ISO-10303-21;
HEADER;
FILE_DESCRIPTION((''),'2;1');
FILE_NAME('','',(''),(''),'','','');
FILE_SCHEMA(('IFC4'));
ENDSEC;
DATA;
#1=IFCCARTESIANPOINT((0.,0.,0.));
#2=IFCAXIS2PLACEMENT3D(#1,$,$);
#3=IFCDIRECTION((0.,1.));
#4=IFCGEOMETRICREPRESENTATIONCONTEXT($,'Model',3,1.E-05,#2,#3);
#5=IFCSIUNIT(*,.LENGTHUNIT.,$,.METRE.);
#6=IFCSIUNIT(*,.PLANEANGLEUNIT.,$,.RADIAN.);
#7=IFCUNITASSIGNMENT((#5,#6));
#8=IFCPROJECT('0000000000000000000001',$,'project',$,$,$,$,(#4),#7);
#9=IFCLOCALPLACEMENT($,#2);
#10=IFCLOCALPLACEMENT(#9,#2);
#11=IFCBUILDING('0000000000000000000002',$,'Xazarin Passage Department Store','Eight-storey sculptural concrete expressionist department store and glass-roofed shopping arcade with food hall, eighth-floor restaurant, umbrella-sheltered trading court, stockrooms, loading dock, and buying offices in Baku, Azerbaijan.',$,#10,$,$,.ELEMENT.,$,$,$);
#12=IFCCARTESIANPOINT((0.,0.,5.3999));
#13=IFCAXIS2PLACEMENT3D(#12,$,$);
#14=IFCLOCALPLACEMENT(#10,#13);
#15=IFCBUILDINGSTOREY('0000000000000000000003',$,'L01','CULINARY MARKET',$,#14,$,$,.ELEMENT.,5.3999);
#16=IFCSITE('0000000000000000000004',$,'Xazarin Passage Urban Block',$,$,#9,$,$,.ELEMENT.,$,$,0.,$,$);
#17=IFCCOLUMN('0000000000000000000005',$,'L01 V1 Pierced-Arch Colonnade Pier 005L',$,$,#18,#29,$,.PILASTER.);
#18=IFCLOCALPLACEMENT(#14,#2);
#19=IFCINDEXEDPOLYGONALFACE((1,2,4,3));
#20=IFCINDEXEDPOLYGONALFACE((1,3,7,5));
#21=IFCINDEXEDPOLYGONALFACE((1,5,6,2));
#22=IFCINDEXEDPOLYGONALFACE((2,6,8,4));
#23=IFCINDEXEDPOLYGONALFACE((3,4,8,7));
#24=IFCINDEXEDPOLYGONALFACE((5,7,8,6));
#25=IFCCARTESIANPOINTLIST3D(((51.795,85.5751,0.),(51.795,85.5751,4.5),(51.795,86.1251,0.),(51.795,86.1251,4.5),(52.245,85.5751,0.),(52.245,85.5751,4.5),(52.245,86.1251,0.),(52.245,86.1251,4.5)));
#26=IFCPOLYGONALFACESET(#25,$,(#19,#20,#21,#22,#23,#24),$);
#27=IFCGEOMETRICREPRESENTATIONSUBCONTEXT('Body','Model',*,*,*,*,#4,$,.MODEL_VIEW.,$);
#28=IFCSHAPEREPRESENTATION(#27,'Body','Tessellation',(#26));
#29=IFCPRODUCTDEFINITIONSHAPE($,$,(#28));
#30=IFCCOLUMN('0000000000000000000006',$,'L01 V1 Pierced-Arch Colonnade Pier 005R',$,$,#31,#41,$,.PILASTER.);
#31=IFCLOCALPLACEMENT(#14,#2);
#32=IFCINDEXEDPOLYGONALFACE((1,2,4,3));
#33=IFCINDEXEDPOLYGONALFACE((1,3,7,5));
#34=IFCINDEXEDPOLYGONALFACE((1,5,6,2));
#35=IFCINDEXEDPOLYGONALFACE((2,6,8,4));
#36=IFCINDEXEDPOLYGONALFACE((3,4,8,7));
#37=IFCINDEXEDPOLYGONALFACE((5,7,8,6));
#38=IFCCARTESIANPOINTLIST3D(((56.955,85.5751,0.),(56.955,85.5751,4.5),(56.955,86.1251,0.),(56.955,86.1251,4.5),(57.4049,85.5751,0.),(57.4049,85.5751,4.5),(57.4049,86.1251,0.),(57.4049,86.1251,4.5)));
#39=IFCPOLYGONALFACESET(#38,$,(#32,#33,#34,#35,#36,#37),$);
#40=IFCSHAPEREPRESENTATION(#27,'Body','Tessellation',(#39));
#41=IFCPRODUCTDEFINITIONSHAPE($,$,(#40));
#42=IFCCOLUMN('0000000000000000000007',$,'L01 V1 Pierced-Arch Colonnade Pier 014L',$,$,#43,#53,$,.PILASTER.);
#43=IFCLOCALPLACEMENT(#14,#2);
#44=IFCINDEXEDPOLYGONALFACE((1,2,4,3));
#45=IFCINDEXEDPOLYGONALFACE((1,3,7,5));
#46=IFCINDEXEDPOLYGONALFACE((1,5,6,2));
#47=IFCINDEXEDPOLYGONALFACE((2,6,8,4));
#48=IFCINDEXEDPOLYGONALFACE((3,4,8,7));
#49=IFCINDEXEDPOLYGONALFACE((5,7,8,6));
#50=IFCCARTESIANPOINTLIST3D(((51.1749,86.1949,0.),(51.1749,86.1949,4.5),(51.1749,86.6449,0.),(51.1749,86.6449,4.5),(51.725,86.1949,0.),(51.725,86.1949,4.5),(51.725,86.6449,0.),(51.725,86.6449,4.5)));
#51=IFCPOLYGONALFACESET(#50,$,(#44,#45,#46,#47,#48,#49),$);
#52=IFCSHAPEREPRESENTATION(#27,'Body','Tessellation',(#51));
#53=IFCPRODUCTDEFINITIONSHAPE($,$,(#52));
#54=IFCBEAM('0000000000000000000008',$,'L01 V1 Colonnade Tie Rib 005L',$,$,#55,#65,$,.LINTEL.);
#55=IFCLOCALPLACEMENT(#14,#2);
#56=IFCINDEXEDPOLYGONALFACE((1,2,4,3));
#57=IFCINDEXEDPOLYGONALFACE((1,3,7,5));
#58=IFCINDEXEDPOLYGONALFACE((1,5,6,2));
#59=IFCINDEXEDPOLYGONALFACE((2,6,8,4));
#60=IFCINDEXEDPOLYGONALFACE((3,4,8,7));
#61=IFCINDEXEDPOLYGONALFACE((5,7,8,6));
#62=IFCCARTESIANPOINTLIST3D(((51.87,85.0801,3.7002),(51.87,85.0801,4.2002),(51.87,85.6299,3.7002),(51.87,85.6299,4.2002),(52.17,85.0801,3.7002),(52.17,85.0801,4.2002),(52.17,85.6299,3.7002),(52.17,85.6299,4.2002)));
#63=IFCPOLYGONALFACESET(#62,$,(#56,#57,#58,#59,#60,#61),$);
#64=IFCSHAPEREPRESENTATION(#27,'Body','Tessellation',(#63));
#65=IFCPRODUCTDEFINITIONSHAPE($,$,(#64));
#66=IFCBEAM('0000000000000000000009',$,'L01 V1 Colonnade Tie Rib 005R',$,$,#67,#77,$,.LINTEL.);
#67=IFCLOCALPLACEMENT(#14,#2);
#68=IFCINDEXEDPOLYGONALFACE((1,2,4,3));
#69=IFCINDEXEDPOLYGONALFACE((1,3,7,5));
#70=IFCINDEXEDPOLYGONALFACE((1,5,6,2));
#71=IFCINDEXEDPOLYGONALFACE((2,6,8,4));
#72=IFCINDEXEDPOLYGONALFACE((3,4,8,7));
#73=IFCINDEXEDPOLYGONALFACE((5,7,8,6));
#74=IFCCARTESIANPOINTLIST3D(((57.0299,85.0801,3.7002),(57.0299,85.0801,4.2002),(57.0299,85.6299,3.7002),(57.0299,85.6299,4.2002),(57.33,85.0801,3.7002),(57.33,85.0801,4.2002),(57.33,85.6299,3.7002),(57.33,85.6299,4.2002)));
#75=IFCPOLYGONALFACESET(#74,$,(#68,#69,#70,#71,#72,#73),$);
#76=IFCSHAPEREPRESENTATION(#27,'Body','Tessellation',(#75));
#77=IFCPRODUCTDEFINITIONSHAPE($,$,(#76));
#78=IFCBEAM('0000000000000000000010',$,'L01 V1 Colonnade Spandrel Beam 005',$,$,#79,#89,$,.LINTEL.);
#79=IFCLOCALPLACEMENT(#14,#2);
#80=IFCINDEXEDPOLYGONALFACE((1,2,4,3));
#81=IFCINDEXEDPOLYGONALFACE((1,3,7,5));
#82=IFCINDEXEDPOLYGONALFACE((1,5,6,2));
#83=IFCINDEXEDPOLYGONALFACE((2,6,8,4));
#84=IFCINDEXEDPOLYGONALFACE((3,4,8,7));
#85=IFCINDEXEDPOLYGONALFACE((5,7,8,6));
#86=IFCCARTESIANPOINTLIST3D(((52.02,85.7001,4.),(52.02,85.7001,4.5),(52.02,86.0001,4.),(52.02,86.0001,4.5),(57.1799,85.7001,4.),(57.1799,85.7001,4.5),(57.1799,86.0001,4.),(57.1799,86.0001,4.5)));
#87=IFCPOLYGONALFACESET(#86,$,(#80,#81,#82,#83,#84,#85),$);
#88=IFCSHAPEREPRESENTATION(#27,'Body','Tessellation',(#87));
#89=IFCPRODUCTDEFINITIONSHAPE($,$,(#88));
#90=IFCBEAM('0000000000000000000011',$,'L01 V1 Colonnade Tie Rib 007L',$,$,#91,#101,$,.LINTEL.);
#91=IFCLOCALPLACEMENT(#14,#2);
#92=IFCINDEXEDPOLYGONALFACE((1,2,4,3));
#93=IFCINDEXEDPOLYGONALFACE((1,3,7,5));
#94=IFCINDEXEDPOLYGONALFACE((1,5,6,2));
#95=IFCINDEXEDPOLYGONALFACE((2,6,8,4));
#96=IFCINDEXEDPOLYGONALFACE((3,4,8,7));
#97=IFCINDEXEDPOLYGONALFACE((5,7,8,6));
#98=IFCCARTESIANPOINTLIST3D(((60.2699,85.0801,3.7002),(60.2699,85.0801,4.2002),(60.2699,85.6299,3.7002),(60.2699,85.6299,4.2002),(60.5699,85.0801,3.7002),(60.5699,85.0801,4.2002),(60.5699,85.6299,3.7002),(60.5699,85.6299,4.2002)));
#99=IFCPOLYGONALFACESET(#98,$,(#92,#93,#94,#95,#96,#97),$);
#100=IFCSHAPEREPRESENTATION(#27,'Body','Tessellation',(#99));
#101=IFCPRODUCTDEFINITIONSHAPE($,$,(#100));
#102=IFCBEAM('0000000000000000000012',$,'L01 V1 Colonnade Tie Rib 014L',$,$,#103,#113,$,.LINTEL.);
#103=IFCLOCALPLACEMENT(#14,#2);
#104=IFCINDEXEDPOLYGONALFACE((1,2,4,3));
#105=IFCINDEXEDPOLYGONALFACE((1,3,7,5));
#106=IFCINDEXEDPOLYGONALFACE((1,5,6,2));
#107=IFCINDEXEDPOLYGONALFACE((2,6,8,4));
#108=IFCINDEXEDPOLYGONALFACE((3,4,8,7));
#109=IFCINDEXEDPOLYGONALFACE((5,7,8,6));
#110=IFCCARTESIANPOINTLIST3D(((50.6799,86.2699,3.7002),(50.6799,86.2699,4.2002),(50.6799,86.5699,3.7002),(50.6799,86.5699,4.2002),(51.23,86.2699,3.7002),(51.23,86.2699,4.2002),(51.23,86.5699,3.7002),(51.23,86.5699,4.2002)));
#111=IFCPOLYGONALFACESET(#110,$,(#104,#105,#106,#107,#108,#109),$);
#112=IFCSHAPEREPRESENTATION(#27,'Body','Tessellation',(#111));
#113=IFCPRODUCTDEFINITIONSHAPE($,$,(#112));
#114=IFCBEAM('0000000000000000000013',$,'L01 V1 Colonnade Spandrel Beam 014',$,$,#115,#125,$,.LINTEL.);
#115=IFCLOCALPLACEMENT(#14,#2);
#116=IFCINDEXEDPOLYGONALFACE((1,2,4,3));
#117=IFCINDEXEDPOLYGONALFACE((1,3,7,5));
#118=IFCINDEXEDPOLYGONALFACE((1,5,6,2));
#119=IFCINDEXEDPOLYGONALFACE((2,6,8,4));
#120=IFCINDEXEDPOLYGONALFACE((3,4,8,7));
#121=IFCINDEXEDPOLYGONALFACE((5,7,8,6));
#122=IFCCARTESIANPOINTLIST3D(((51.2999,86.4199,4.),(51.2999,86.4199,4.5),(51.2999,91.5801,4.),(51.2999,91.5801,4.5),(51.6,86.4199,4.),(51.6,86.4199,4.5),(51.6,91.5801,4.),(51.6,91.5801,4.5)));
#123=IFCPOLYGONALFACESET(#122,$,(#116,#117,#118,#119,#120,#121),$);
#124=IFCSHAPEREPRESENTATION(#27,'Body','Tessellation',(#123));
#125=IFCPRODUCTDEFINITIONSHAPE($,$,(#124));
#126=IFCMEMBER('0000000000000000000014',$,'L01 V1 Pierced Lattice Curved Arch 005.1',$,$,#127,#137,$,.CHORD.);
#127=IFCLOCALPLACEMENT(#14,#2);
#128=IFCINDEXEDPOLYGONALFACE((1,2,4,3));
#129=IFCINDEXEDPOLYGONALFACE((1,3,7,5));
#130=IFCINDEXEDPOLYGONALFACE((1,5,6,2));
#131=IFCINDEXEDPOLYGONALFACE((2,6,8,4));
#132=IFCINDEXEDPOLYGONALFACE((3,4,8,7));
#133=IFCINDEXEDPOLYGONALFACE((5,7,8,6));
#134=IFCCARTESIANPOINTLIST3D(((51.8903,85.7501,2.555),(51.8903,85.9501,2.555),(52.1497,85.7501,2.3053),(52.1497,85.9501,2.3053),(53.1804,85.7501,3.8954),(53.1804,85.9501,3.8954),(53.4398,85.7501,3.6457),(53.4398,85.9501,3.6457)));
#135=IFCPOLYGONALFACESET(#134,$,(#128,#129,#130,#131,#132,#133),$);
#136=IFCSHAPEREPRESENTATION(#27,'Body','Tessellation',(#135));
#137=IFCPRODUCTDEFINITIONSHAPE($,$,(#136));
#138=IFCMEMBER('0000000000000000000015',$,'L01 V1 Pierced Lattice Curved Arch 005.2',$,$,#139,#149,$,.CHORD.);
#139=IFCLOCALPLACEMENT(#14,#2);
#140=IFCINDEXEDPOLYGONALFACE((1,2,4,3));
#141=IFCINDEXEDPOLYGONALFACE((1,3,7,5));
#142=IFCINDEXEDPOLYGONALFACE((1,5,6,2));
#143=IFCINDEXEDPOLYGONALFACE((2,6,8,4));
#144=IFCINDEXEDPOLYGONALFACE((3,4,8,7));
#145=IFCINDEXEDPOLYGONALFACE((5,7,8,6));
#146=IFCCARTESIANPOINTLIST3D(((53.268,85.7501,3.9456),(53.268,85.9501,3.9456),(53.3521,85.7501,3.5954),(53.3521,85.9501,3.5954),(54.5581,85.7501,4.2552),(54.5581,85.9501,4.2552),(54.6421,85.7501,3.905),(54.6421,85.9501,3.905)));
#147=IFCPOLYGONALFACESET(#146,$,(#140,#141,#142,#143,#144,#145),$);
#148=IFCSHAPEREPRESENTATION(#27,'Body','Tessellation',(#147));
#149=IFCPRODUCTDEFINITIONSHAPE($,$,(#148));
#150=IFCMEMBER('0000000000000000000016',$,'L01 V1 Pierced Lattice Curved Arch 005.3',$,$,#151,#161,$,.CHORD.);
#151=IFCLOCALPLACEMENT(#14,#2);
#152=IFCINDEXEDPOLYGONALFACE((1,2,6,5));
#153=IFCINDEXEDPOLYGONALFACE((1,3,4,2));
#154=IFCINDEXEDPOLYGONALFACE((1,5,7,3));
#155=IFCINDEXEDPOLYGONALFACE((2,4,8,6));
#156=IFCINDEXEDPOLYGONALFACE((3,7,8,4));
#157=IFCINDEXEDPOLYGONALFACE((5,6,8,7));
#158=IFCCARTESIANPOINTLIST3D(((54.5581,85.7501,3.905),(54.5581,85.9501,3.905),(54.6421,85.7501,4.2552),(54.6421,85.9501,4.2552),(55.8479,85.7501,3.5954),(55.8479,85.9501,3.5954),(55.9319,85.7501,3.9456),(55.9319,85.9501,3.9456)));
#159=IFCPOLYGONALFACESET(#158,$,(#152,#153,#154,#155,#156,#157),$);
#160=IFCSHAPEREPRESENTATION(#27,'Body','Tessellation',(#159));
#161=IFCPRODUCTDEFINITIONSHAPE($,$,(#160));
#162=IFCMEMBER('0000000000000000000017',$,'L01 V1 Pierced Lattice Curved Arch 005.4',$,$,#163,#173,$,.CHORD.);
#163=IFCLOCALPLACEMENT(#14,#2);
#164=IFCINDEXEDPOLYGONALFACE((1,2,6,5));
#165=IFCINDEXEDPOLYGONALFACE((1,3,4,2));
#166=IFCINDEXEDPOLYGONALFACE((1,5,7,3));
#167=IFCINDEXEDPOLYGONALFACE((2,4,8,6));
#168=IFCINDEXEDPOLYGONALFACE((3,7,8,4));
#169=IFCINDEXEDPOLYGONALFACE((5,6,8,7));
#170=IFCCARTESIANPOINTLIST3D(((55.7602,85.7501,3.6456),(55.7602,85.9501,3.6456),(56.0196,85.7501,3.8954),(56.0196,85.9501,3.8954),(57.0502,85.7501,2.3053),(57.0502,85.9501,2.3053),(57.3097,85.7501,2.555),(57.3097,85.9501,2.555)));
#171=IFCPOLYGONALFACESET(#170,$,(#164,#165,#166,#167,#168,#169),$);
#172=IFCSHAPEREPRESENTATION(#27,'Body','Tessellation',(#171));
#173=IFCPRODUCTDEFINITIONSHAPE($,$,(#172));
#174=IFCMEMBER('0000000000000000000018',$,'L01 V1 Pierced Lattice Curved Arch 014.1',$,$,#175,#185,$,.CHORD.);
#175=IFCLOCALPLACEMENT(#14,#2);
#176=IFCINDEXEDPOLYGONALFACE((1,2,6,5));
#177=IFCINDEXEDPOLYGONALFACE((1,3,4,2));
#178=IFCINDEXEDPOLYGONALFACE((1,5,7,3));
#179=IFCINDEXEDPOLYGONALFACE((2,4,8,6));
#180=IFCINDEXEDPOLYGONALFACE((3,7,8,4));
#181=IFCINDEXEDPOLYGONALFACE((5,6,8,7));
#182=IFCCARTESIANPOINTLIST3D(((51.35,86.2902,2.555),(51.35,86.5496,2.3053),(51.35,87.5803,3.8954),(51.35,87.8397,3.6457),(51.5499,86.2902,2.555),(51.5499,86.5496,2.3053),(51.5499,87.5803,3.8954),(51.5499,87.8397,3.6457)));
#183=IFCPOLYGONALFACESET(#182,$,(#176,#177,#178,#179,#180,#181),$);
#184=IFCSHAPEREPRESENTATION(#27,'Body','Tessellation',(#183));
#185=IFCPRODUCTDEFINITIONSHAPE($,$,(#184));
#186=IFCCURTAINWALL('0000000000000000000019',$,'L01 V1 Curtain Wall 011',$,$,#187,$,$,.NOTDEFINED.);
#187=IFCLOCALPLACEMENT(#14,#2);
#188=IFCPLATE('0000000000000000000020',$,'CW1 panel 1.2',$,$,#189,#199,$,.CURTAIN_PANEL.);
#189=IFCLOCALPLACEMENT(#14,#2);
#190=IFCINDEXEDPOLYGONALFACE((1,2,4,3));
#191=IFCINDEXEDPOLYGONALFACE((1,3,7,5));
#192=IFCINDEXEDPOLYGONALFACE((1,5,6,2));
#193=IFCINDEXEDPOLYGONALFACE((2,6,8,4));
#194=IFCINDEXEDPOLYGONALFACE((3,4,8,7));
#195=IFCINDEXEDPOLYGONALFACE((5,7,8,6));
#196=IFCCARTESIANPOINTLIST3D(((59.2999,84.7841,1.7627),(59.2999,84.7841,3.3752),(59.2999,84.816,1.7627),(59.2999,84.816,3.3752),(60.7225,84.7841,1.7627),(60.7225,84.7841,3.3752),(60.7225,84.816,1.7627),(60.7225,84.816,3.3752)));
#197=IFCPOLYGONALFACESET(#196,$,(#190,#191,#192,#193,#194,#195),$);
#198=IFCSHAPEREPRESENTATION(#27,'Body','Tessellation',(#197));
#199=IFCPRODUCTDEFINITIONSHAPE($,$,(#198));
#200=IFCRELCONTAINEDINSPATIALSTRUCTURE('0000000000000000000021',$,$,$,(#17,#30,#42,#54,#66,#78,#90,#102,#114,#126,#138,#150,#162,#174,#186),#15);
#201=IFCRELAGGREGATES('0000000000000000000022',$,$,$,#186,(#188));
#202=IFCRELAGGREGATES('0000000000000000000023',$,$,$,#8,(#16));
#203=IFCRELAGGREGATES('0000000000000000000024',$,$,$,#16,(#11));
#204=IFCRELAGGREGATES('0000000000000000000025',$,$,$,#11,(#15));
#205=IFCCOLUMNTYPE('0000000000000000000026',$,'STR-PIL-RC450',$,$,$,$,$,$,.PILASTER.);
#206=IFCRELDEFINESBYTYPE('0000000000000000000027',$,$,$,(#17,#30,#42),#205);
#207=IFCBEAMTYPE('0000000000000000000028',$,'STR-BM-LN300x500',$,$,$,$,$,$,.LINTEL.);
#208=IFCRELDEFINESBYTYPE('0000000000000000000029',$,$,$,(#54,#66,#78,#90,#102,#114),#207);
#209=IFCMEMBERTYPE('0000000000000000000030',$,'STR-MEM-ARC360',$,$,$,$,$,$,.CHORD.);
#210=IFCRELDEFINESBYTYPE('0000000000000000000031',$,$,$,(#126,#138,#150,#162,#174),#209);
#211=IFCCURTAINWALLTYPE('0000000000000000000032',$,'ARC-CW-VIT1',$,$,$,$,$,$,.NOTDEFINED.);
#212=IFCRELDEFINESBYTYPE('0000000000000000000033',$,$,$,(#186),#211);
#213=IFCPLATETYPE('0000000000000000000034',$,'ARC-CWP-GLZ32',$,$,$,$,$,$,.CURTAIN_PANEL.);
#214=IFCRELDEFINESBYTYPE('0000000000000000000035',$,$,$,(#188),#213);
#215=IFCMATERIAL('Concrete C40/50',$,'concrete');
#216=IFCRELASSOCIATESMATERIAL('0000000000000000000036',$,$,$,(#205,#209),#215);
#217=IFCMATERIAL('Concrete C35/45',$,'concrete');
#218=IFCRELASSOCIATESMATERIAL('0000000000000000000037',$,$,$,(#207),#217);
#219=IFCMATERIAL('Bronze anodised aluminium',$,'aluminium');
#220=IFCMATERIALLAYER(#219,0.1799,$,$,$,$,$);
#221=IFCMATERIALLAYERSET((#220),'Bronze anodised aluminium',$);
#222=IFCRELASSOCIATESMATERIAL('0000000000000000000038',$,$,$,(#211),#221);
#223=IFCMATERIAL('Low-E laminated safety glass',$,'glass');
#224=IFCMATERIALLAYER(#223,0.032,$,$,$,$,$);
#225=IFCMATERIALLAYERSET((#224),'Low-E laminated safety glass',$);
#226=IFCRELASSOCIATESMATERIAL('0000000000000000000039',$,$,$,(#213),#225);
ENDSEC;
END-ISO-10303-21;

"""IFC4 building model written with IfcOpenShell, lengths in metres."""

from ifc_helpers import new_model, si_unit, direction, frame, origin, origin_2d, place, context, subcontext, project, spatial, rectangle, extrude, material, layer, layer_set, material_profile, profile_set, type_object, element, aggregate, save


model = new_model("IFC4")

# Units and contexts
model_context = context("Model", 3, precision=1e-05, world=origin(), true_north=direction((0.0, 1.0)))
body_context = subcontext(model_context, "Body", "Model", "MODEL_VIEW")
ifc_project = project(units=[si_unit("LENGTHUNIT", "METRE"), si_unit("PLANEANGLEUNIT", "RADIAN")], contexts=[model_context])

# Site, building, storey
site_placement = place(None, origin())
site = spatial("IfcSite", under=ifc_project, at=site_placement, Name="Xazarin Passage Urban Block", CompositionType="ELEMENT", RefElevation=0.0)
building_placement = place(site_placement, origin())
building = spatial("IfcBuilding", under=site, at=building_placement, Name="Xazarin Passage Department Store", Description="Eight-storey sculptural concrete expressionist department store and glass-roofed shopping arcade with food hall, eighth-floor restaurant, umbrella-sheltered trading court, stockrooms, loading dock, and buying offices in Baku, Azerbaijan.", CompositionType="ELEMENT")
storey_placement = place(building_placement, frame((0.0, 0.0, 5.3999)))
storey = spatial("IfcBuildingStorey", under=building, at=storey_placement, Name="L01", Description="CULINARY MARKET", CompositionType="ELEMENT", Elevation=5.3999)

# Columns
ifc_material_1 = material(Name="Concrete C40/50", Category="concrete")
ifc_material_profile_1 = material_profile(ifc_material_1, rectangle(XDim=0.45, YDim=0.55, at=origin_2d()), Name="RC 450x550")
ifc_profile_set_1 = profile_set([ifc_material_profile_1], Name="Concrete C40/50")
column_type = type_object("IfcColumnType", Name="STR-PIL-RC450", PredefinedType="PILASTER", material=ifc_profile_set_1)
for number, where, z_axis, x_axis, name in (
    (1, (52.02, 85.8501, 0.0), (0.0, 0.0, 1.0), (1.0, 0.0, 0.0), "L01 V1 Pierced-Arch Colonnade Pier 005L"),
    (2, (57.1799, 85.8501, 0.0), (0.0, 0.0, 1.0), (1.0, 0.0, 0.0), "L01 V1 Pierced-Arch Colonnade Pier 005R"),
    (3, (51.45, 86.4199, 0.0), (0.0, 0.0, 1.0), (0.0, 1.0, 0.0), "L01 V1 Pierced-Arch Colonnade Pier 014L"),
):
    element("IfcColumn", number, at=place(storey_placement, frame(where, z_axis=z_axis, x_axis=x_axis)), inside=storey, type_object=column_type, Name=name, PredefinedType="PILASTER", context=body_context, shape_type="SweptSolid", body=[
        extrude(rectangle(XDim=0.45, YDim=0.55, at=origin_2d()), origin(), (0.0, 0.0, 1.0), 4.5),
    ])

# Beams
ifc_material_2 = material(Name="Concrete C35/45", Category="concrete")
ifc_material_profile_2 = material_profile(ifc_material_2, rectangle(XDim=0.3, YDim=0.5, at=origin_2d()), Name="RC 300x500")
ifc_profile_set_2 = profile_set([ifc_material_profile_2], Name="Concrete C35/45")
beam_type = type_object("IfcBeamType", Name="STR-BM-LN300x500", PredefinedType="LINTEL", material=ifc_profile_set_2)
for number, where, z_axis, x_axis, name in (
    (4, (52.02, 85.0801, 3.9502), (0.0, 1.0, 0.0), (-1.0, 0.0, 0.0), "L01 V1 Colonnade Tie Rib 005L"),
    (5, (57.1799, 85.0801, 3.9502), (0.0, 1.0, 0.0), (-1.0, 0.0, 0.0), "L01 V1 Colonnade Tie Rib 005R"),
):
    element("IfcBeam", number, at=place(storey_placement, frame(where, z_axis=z_axis, x_axis=x_axis)), inside=storey, type_object=beam_type, Name=name, PredefinedType="LINTEL", context=body_context, shape_type="SweptSolid", body=[
        extrude(rectangle(XDim=0.3, YDim=0.5, at=origin_2d()), origin(), (0.0, 0.0, 1.0), 0.5498),
    ])
beam_1_placement = place(storey_placement, frame((52.02, 85.8501, 4.25), z_axis=(1.0, 0.0, 0.0), x_axis=(0.0, 1.0, 0.0)))
element("IfcBeam", 6, at=beam_1_placement, inside=storey, type_object=beam_type, Name="L01 V1 Colonnade Spandrel Beam 005", PredefinedType="LINTEL", context=body_context, shape_type="SweptSolid", body=[
    extrude(rectangle(XDim=0.3, YDim=0.5, at=origin_2d()), origin(), (0.0, 0.0, 1.0), 5.1599),
])
beam_2_placement = place(storey_placement, frame((60.4199, 85.0801, 3.9502), z_axis=(0.0, 1.0, 0.0), x_axis=(-1.0, 0.0, 0.0)))
element("IfcBeam", 7, at=beam_2_placement, inside=storey, type_object=beam_type, Name="L01 V1 Colonnade Tie Rib 007L", PredefinedType="LINTEL", context=body_context, shape_type="SweptSolid", body=[
    extrude(rectangle(XDim=0.3, YDim=0.5, at=origin_2d()), origin(), (0.0, 0.0, 1.0), 0.5498),
])
beam_3_placement = place(storey_placement, frame((50.6799, 86.4199, 3.9502), z_axis=(1.0, 0.0, 0.0), x_axis=(0.0, 1.0, 0.0)))
element("IfcBeam", 8, at=beam_3_placement, inside=storey, type_object=beam_type, Name="L01 V1 Colonnade Tie Rib 014L", PredefinedType="LINTEL", context=body_context, shape_type="SweptSolid", body=[
    extrude(rectangle(XDim=0.3, YDim=0.5, at=origin_2d()), origin(), (0.0, 0.0, 1.0), 0.55),
])
beam_4_placement = place(storey_placement, frame((51.45, 86.4199, 4.25), z_axis=(0.0, 1.0, 0.0), x_axis=(-1.0, 0.0, 0.0)))
element("IfcBeam", 9, at=beam_4_placement, inside=storey, type_object=beam_type, Name="L01 V1 Colonnade Spandrel Beam 014", PredefinedType="LINTEL", context=body_context, shape_type="SweptSolid", body=[
    extrude(rectangle(XDim=0.3, YDim=0.5, at=origin_2d()), origin(), (0.0, 0.0, 1.0), 5.1602),
])

# Members
ifc_material_profile_3 = material_profile(ifc_material_1, rectangle(XDim=0.2, YDim=0.3601, at=origin_2d()), Name="RC 200x360")
ifc_profile_set_3 = profile_set([ifc_material_profile_3], Name="Concrete C40/50")
member_type = type_object("IfcMemberType", Name="STR-MEM-ARC360", PredefinedType="CHORD", material=ifc_profile_set_3)
member_1_placement = place(storey_placement, frame((52.02, 85.8501, 2.4302), z_axis=(0.69346, 0.0, 0.720495), x_axis=(0.0, 1.0, 0.0)))
element("IfcMember", 10, at=member_1_placement, inside=storey, type_object=member_type, Name="L01 V1 Pierced Lattice Curved Arch 005.1", PredefinedType="CHORD", context=body_context, shape_type="SweptSolid", body=[
    extrude(rectangle(XDim=0.2, YDim=0.3601, at=origin_2d()), origin(), (0.0, 0.0, 1.0), 1.8604),
])
member_2_placement = place(storey_placement, frame((53.3101, 85.8501, 3.7705), z_axis=(0.972394, 0.0, 0.233345), x_axis=(0.0, 1.0, 0.0)))
element("IfcMember", 11, at=member_2_placement, inside=storey, type_object=member_type, Name="L01 V1 Pierced Lattice Curved Arch 005.2", PredefinedType="CHORD", context=body_context, shape_type="SweptSolid", body=[
    extrude(rectangle(XDim=0.2, YDim=0.3601, at=origin_2d()), origin(), (0.0, 0.0, 1.0), 1.3267),
])
member_3_placement = place(storey_placement, frame((54.6001, 85.8501, 4.0801), z_axis=(0.972384, 0.0, -0.233387), x_axis=(0.0, 1.0, 0.0)))
element("IfcMember", 12, at=member_3_placement, inside=storey, type_object=member_type, Name="L01 V1 Pierced Lattice Curved Arch 005.3", PredefinedType="CHORD", context=body_context, shape_type="SweptSolid", body=[
    extrude(rectangle(XDim=0.2, YDim=0.3601, at=origin_2d()), origin(), (0.0, 0.0, 1.0), 1.3264),
])
for number, where, z_axis, x_axis, name in (
    (13, (55.8899, 85.8501, 3.7705), (0.69346, 0.0, -0.720495), (0.0, 1.0, 0.0), "L01 V1 Pierced Lattice Curved Arch 005.4"),
    (14, (51.45, 86.4199, 2.4302), (0.0, 0.69346, 0.720495), (-1.0, 0.0, 0.0), "L01 V1 Pierced Lattice Curved Arch 014.1"),
):
    element("IfcMember", number, at=place(storey_placement, frame(where, z_axis=z_axis, x_axis=x_axis)), inside=storey, type_object=member_type, Name=name, PredefinedType="CHORD", context=body_context, shape_type="SweptSolid", body=[
        extrude(rectangle(XDim=0.2, YDim=0.3601, at=origin_2d()), origin(), (0.0, 0.0, 1.0), 1.8604),
    ])

# Curtain wall, plate
ifc_material_3 = material(Name="Bronze anodised aluminium", Category="aluminium")
ifc_layer_1 = layer(ifc_material_3, 0.1799)
ifc_layer_set_1 = layer_set([ifc_layer_1], Name="Bronze anodised aluminium")
curtain_wall_type = type_object("IfcCurtainWallType", Name="ARC-CW-VIT1", PredefinedType="NOTDEFINED", material=ifc_layer_set_1)
curtain_wall_placement = place(storey_placement, origin())
curtain_wall = element("IfcCurtainWall", 15, at=curtain_wall_placement, inside=storey, type_object=curtain_wall_type, Name="L01 V1 Curtain Wall 011", PredefinedType="NOTDEFINED")
ifc_material_4 = material(Name="Low-E laminated safety glass", Category="glass")
ifc_layer_2 = layer(ifc_material_4, 0.032)
ifc_layer_set_2 = layer_set([ifc_layer_2], Name="Low-E laminated safety glass")
plate_type_1 = type_object("IfcPlateType", Name="ARC-CWP-GLZ32", PredefinedType="CURTAIN_PANEL", material=ifc_layer_set_2)
plate_placement = place(storey_placement, frame((60.0112, 84.8, 1.7627), z_axis=(0.0, 0.0, 1.0), x_axis=(1.0, 0.0, 0.0)))
plate = element("IfcPlate", 16, at=plate_placement, type_object=plate_type_1, Name="CW1 panel 1.2", PredefinedType="CURTAIN_PANEL", context=body_context, shape_type="SweptSolid", body=[
    extrude(rectangle(XDim=1.4226, YDim=0.032, at=origin_2d()), origin(), (0.0, 0.0, 1.0), 1.6125),
])
aggregate(curtain_wall, [plate])

save(model, "model.ifc")
